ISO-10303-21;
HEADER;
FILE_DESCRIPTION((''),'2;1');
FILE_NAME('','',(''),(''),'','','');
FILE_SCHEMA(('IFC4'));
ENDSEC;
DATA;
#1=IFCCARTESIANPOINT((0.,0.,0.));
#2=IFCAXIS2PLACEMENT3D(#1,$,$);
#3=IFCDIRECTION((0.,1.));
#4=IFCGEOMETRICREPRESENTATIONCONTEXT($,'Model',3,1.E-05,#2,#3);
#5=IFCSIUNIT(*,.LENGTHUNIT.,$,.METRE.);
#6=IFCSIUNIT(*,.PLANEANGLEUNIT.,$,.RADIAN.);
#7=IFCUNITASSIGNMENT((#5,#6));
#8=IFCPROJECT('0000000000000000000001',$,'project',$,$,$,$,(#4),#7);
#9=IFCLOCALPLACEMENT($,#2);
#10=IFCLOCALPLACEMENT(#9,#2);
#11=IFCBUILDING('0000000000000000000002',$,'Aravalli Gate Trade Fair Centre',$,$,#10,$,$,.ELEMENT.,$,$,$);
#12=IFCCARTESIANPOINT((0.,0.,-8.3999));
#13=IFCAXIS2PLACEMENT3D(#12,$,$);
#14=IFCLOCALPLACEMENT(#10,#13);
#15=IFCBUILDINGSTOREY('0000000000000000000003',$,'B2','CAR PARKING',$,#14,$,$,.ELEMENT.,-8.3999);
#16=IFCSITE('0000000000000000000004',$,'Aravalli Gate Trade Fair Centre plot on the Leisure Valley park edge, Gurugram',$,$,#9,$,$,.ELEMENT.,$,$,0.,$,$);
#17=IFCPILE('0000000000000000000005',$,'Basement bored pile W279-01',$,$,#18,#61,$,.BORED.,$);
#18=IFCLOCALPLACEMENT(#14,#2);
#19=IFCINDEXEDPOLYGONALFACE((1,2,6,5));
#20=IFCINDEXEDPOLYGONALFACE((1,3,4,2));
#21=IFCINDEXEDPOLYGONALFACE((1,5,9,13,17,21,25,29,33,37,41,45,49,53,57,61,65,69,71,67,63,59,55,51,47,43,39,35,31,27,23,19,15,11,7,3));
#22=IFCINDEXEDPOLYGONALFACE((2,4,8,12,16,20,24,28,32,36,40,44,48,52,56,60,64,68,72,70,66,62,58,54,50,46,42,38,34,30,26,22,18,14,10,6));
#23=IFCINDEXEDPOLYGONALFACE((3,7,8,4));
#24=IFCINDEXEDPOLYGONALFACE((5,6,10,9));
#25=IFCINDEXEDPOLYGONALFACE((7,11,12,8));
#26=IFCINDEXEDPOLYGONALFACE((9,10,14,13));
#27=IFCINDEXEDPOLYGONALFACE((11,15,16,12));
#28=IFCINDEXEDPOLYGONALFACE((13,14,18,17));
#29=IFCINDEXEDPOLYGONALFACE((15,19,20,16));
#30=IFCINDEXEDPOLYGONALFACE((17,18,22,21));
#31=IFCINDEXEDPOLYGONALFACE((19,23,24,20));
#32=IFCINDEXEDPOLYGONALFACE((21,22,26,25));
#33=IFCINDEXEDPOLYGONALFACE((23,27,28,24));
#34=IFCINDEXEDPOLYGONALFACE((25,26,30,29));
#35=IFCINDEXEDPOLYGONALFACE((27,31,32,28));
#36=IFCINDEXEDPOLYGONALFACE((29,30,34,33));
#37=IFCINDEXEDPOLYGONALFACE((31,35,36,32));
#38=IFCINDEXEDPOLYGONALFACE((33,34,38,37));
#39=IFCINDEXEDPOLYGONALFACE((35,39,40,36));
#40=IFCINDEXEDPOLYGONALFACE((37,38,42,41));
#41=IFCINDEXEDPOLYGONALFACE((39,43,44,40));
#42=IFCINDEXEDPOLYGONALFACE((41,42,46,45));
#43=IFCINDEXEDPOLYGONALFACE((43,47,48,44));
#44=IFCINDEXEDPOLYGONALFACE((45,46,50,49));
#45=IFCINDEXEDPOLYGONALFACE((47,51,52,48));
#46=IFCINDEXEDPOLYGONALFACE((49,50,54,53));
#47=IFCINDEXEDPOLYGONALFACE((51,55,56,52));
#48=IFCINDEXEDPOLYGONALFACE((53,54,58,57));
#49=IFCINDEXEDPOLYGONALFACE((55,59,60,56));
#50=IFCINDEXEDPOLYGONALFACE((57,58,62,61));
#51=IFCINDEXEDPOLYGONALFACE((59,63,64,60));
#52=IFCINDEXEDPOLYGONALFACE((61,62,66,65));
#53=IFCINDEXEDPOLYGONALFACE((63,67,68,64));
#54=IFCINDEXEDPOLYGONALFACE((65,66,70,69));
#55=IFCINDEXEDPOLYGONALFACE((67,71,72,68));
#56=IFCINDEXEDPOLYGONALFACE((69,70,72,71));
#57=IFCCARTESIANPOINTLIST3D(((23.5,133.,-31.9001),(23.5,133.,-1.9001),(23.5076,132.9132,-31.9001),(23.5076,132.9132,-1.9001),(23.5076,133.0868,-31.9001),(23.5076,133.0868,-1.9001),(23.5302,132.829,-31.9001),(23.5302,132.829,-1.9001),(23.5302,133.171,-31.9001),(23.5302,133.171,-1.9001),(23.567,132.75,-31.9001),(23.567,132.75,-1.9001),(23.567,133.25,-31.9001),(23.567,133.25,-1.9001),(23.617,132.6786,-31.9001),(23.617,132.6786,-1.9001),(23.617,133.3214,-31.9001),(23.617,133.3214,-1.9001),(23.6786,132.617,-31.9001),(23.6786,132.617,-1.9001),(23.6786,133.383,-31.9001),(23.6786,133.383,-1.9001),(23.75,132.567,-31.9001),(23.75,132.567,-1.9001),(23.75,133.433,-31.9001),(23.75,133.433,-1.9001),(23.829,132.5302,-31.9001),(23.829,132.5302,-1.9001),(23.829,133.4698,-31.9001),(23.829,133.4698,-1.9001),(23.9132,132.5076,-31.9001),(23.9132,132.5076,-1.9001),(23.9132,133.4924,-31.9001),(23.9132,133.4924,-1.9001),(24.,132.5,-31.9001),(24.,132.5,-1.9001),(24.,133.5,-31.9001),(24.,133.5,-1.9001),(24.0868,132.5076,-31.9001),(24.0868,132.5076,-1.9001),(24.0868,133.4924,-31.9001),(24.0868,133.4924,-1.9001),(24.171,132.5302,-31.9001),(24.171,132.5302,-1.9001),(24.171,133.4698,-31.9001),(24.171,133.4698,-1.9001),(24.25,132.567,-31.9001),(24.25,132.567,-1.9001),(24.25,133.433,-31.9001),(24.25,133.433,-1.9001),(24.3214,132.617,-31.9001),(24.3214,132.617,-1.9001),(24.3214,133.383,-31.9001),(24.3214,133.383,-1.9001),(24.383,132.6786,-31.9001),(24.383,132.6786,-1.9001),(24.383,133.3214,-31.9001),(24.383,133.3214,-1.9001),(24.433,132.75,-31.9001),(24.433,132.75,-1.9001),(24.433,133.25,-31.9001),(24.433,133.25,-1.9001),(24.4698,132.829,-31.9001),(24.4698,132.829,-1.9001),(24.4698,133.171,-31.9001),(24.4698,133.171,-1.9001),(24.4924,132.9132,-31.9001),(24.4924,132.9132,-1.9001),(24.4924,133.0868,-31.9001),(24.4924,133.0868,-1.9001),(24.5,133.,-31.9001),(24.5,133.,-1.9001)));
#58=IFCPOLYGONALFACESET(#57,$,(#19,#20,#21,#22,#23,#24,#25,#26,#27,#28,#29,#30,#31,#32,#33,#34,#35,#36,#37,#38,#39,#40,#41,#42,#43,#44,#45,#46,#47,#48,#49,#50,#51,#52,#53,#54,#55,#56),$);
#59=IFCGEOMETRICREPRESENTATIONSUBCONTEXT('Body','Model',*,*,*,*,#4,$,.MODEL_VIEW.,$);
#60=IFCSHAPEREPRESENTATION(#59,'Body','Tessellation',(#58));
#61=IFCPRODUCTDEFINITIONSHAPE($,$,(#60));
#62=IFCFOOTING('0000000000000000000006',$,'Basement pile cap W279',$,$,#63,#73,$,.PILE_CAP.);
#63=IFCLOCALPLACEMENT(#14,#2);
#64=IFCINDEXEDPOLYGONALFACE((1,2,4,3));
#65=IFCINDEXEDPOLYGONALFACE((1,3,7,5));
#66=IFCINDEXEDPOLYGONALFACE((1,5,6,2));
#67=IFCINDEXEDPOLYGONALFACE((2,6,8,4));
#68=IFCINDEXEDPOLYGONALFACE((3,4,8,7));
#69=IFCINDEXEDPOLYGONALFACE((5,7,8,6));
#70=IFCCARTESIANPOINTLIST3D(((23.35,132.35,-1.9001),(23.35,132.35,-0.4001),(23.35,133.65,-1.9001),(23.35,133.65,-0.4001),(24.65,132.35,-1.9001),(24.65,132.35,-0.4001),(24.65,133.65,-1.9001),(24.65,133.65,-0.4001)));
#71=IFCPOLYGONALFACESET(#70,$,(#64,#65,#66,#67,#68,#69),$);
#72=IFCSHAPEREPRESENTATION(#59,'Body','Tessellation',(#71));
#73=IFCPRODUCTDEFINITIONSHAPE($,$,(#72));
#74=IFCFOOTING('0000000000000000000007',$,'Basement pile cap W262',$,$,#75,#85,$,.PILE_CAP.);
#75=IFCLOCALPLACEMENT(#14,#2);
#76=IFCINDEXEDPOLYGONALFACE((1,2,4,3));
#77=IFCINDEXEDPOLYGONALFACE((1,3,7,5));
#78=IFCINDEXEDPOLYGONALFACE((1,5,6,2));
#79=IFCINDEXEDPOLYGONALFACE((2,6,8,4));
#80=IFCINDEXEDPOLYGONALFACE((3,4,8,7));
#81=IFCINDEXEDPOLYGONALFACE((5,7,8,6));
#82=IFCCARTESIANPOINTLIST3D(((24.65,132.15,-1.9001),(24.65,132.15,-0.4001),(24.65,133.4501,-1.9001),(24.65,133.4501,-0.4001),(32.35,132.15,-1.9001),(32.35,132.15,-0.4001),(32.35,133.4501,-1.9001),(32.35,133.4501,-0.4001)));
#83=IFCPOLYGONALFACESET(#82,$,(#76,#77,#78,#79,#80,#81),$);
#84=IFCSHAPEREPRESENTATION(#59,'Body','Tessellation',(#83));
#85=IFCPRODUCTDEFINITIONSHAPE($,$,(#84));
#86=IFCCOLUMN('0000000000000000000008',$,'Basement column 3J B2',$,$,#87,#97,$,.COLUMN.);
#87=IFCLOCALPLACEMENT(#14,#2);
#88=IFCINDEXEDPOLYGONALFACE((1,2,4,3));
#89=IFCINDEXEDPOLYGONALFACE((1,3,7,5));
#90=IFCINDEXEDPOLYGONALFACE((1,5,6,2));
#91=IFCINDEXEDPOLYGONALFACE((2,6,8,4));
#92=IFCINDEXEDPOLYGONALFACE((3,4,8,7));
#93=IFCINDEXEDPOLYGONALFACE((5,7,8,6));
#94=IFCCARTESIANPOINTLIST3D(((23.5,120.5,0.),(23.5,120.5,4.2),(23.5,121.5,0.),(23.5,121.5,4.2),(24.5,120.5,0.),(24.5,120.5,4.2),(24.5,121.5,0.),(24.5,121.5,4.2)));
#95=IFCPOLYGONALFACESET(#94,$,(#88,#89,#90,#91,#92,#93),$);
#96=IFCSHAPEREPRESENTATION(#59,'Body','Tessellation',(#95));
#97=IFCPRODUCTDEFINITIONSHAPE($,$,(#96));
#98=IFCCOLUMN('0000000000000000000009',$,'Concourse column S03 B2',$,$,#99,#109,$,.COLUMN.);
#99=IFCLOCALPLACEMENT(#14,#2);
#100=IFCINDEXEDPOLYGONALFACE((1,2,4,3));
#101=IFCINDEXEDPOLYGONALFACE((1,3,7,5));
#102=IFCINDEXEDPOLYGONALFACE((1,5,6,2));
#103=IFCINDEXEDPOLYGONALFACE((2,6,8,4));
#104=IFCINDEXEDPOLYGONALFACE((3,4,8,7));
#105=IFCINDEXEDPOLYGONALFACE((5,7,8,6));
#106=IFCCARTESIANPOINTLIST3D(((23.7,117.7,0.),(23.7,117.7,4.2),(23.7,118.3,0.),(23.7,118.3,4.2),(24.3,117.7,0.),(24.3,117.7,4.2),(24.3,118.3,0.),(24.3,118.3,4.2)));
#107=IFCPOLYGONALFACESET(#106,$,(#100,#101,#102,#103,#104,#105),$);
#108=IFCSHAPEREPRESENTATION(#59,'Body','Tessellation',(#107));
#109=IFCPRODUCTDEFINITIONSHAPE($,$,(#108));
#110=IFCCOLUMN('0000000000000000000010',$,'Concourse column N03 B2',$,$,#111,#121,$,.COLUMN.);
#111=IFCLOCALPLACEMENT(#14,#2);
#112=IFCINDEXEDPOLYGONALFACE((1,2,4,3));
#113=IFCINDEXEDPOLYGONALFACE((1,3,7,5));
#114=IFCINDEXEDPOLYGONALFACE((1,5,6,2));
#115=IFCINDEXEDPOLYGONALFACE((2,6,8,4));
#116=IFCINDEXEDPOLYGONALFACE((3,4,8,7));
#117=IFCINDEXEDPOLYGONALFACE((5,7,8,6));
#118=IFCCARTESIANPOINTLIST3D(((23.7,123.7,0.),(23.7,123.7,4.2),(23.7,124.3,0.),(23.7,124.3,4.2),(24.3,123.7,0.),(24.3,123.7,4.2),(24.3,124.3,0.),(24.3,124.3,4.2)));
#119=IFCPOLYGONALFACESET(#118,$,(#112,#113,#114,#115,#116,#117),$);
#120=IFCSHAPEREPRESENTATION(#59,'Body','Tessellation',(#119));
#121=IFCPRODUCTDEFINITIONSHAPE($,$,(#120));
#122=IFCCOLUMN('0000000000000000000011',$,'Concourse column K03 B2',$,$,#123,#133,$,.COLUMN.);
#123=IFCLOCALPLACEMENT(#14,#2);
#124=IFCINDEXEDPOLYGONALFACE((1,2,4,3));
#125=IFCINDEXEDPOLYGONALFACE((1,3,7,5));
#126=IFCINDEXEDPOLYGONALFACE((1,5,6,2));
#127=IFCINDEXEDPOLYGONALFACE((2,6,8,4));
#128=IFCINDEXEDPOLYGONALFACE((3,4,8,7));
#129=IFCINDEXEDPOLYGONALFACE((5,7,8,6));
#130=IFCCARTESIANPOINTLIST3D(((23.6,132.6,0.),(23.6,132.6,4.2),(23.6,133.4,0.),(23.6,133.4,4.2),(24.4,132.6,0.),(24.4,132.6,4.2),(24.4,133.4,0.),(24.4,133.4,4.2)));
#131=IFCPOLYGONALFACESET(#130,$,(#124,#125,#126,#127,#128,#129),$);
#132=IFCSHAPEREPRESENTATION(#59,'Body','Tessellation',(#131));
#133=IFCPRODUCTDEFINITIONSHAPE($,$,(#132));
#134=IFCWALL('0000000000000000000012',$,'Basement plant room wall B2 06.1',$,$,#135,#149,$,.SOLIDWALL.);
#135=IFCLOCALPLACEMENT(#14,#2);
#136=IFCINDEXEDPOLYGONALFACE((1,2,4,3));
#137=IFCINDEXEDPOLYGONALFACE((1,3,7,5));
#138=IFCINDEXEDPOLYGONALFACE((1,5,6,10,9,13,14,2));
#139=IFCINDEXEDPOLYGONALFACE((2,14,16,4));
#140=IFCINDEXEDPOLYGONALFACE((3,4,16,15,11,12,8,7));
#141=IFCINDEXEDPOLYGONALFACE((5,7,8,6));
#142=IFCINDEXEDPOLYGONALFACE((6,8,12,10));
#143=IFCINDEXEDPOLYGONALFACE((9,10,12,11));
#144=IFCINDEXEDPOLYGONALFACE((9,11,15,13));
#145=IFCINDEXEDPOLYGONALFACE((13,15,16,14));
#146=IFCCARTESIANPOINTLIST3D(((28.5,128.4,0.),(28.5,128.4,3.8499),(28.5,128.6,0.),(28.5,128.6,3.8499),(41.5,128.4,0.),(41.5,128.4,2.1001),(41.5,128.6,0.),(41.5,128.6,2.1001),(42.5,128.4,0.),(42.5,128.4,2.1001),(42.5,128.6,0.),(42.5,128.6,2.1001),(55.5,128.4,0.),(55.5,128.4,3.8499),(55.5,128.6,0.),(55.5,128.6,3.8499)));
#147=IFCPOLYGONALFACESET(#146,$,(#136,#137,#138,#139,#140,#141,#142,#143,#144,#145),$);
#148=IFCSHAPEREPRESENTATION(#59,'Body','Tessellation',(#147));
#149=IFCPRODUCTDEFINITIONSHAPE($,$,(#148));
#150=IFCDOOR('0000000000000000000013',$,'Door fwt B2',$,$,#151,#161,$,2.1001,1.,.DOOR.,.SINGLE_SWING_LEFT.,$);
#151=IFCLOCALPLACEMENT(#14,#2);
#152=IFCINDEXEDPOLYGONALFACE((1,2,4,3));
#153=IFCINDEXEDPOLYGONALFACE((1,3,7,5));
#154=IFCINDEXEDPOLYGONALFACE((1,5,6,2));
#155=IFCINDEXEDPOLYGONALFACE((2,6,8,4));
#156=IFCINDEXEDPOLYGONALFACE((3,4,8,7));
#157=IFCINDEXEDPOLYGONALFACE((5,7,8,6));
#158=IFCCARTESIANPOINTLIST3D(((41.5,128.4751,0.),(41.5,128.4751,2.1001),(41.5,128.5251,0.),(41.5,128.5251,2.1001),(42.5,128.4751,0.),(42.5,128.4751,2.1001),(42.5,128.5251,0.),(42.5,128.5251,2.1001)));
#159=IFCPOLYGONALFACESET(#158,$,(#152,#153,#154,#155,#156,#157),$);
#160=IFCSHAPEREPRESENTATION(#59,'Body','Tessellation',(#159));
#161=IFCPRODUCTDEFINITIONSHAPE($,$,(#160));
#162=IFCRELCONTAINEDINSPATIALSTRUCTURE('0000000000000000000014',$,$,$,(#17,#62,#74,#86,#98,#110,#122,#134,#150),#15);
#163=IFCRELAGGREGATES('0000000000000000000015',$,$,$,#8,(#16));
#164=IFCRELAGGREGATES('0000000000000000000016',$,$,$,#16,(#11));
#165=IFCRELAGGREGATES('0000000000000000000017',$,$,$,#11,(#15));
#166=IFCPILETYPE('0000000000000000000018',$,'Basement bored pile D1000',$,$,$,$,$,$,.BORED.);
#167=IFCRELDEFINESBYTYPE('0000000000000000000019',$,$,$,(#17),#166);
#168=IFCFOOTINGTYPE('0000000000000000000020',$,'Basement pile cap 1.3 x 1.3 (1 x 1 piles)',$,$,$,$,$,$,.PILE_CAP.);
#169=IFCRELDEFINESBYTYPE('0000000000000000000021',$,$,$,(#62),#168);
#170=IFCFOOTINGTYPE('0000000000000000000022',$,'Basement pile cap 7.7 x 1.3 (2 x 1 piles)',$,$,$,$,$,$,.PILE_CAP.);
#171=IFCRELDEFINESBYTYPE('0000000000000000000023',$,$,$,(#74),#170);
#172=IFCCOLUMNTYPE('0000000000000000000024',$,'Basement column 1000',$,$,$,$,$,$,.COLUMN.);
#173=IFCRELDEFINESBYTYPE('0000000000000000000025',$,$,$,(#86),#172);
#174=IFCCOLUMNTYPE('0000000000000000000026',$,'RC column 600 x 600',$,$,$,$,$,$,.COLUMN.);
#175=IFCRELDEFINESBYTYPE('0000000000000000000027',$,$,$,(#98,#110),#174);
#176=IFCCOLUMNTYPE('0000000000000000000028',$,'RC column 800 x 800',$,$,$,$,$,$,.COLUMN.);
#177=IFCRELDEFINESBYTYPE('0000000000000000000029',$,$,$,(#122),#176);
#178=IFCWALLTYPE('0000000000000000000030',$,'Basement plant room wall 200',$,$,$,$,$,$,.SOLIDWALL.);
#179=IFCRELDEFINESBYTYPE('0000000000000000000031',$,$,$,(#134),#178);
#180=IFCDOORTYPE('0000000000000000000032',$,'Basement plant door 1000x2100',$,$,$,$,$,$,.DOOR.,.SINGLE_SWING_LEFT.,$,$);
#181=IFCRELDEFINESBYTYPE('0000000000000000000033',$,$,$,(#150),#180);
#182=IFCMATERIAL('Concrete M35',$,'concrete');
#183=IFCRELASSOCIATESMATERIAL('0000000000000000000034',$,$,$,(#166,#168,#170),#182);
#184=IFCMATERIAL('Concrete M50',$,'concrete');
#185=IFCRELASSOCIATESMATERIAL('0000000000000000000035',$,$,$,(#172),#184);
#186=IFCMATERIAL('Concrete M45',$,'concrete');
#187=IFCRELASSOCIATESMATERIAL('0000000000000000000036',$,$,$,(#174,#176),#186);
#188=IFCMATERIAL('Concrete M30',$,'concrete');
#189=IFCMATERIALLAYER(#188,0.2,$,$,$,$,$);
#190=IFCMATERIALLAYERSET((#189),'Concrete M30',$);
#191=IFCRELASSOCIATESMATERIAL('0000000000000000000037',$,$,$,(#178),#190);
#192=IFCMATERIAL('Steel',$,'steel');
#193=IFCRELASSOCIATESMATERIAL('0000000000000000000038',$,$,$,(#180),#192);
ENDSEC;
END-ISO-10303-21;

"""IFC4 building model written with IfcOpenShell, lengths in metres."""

from ifc_helpers import new_model, si_unit, direction, frame, frame_2d, origin, origin_2d, place, context, subcontext, project, spatial, rectangle, circle, extrude, material, layer, layer_set, material_profile, profile_set, type_object, element, fill, save


model = new_model("IFC4")

# Units and contexts
model_context = context("Model", 3, precision=1e-05, world=origin(), true_north=direction((0.0, 1.0)))
body_context = subcontext(model_context, "Body", "Model", "MODEL_VIEW")
ifc_project = project(units=[si_unit("LENGTHUNIT", "METRE"), si_unit("PLANEANGLEUNIT", "RADIAN")], contexts=[model_context])

# Site, building, storey
site_placement = place(None, origin())
site = spatial("IfcSite", under=ifc_project, at=site_placement, Name="Aravalli Gate Trade Fair Centre plot on the Leisure Valley park edge, Gurugram", CompositionType="ELEMENT", RefElevation=0.0)
building_placement = place(site_placement, origin())
building = spatial("IfcBuilding", under=site, at=building_placement, Name="Aravalli Gate Trade Fair Centre", CompositionType="ELEMENT")
storey_placement = place(building_placement, frame((0.0, 0.0, -8.3999)))
storey = spatial("IfcBuildingStorey", under=building, at=storey_placement, Name="B2", Description="CAR PARKING", CompositionType="ELEMENT", Elevation=-8.3999)

# Pile
ifc_material_1 = material(Name="Concrete M35", Category="concrete")
ifc_material_profile_1 = material_profile(ifc_material_1, circle(Radius=0.5, at=origin_2d()), Name="D1000")
ifc_profile_set_1 = profile_set([ifc_material_profile_1], Name="Concrete M35")
pile_type = type_object("IfcPileType", Name="Basement bored pile D1000", PredefinedType="BORED", material=ifc_profile_set_1)
for number, where, z_axis, x_axis, name in (
    (1, (24.0, 133.0, -1.9001), (0.0, 0.0, -1.0), (1.0, 0.0, 0.0), "Basement bored pile W279-01"),
):
    element("IfcPile", number, at=place(storey_placement, frame(where, z_axis=z_axis, x_axis=x_axis)), inside=storey, type_object=pile_type, Name=name, PredefinedType="BORED", context=body_context, shape_type="SweptSolid", body=[
        extrude(circle(Radius=0.5, at=origin_2d()), origin(), (0.0, 0.0, 1.0), 30.0),
    ])

# Footings
footing_type_1 = type_object("IfcFootingType", Name="Basement pile cap 1.3 x 1.3 (1 x 1 piles)", PredefinedType="PILE_CAP", material=ifc_material_1)
footing_1_placement = place(storey_placement, frame((24.0, 133.0, -1.9001), z_axis=(0.0, 0.0, 1.0), x_axis=(1.0, 0.0, 0.0)))
element("IfcFooting", 2, at=footing_1_placement, inside=storey, type_object=footing_type_1, Name="Basement pile cap W279", PredefinedType="PILE_CAP", context=body_context, shape_type="SweptSolid", body=[
    extrude(rectangle(XDim=1.3, YDim=1.3, at=origin_2d()), origin(), (0.0, 0.0, 1.0), 1.5),
])
footing_type_2 = type_object("IfcFootingType", Name="Basement pile cap 7.7 x 1.3 (2 x 1 piles)", PredefinedType="PILE_CAP", material=ifc_material_1)
footing_2_placement = place(storey_placement, frame((28.5, 132.8, -1.9001), z_axis=(0.0, 0.0, 1.0), x_axis=(1.0, 0.0, 0.0)))
element("IfcFooting", 3, at=footing_2_placement, inside=storey, type_object=footing_type_2, Name="Basement pile cap W262", PredefinedType="PILE_CAP", context=body_context, shape_type="SweptSolid", body=[
    extrude(rectangle(XDim=7.7, YDim=1.3, at=origin_2d()), origin(), (0.0, 0.0, 1.0), 1.5),
])

# Columns
ifc_material_2 = material(Name="Concrete M50", Category="concrete")
ifc_material_profile_2 = material_profile(ifc_material_2, rectangle(XDim=1.0, YDim=1.0, at=origin_2d()), Name="RC 1000 x 1000")
ifc_profile_set_2 = profile_set([ifc_material_profile_2], Name="Concrete M50")
column_type_1 = type_object("IfcColumnType", Name="Basement column 1000", PredefinedType="COLUMN", material=ifc_profile_set_2)
column_1_placement = place(storey_placement, frame((24.0, 121.0, 0.0), z_axis=(0.0, 0.0, 1.0), x_axis=(1.0, 0.0, 0.0)))
element("IfcColumn", 4, at=column_1_placement, inside=storey, type_object=column_type_1, Name="Basement column 3J B2", PredefinedType="COLUMN", context=body_context, shape_type="SweptSolid", body=[
    extrude(rectangle(XDim=1.0, YDim=1.0, at=origin_2d()), origin(), (0.0, 0.0, 1.0), 4.2),
])
ifc_material_3 = material(Name="Concrete M45", Category="concrete")
ifc_material_profile_3 = material_profile(ifc_material_3, rectangle(XDim=0.6001, YDim=0.6001, at=origin_2d()), Name="RC column 600 x 600")
ifc_profile_set_3 = profile_set([ifc_material_profile_3], Name="Concrete M45")
column_type_2 = type_object("IfcColumnType", Name="RC column 600 x 600", PredefinedType="COLUMN", material=ifc_profile_set_3)
for number, where, z_axis, x_axis, name in (
    (5, (24.0, 118.0, 0.0), (0.0, 0.0, 1.0), (1.0, 0.0, 0.0), "Concourse column S03 B2"),
    (6, (24.0, 124.0, 0.0), (0.0, 0.0, 1.0), (1.0, 0.0, 0.0), "Concourse column N03 B2"),
):
    element("IfcColumn", number, at=place(storey_placement, frame(where, z_axis=z_axis, x_axis=x_axis)), inside=storey, type_object=column_type_2, Name=name, PredefinedType="COLUMN", context=body_context, shape_type="SweptSolid", body=[
        extrude(rectangle(XDim=0.6001, YDim=0.6001, at=origin_2d()), origin(), (0.0, 0.0, 1.0), 4.2),
    ])
ifc_material_profile_4 = material_profile(ifc_material_3, rectangle(XDim=0.8, YDim=0.8, at=origin_2d()), Name="RC column 800 x 800")
ifc_profile_set_4 = profile_set([ifc_material_profile_4], Name="Concrete M45")
column_type_3 = type_object("IfcColumnType", Name="RC column 800 x 800", PredefinedType="COLUMN", material=ifc_profile_set_4)
column_2_placement = place(storey_placement, frame((24.0, 133.0, 0.0), z_axis=(0.0, 0.0, 1.0), x_axis=(1.0, 0.0, 0.0)))
element("IfcColumn", 7, at=column_2_placement, inside=storey, type_object=column_type_3, Name="Concourse column K03 B2", PredefinedType="COLUMN", context=body_context, shape_type="SweptSolid", body=[
    extrude(rectangle(XDim=0.8, YDim=0.8, at=origin_2d()), origin(), (0.0, 0.0, 1.0), 4.2),
])

# Wall, opening, door
ifc_material_4 = material(Name="Concrete M30", Category="concrete")
ifc_layer_1 = layer(ifc_material_4, 0.2)
ifc_layer_set_1 = layer_set([ifc_layer_1], Name="Concrete M30")
wall_type_1 = type_object("IfcWallType", Name="Basement plant room wall 200", PredefinedType="SOLIDWALL", material=ifc_layer_set_1)
wall_1_placement = place(storey_placement, frame((28.5, 128.5, 0.0), z_axis=(0.0, 0.0, 1.0), x_axis=(1.0, 0.0, 0.0)))
wall_1 = element("IfcWall", 8, at=wall_1_placement, inside=storey, type_object=wall_type_1, Name="Basement plant room wall B2 06.1", PredefinedType="SOLIDWALL", context=body_context, shape_type="SweptSolid", body=[
    extrude(rectangle(XDim=27.0, YDim=0.2, at=frame_2d((13.5, 0.0))), origin(), (0.0, 0.0, 1.0), 3.8499),
])
opening_1_placement = place(wall_1_placement, frame((13.0, 0.0, 0.0)))
opening_1 = element("IfcOpeningElement", 9, at=opening_1_placement, cuts=wall_1, PredefinedType="OPENING", context=body_context, shape_type="SweptSolid", body=[
    extrude(rectangle(XDim=1.0, YDim=2.1001, at=frame_2d((0.5, 1.05))), frame((0.0, 0.1099, 0.0), z_axis=(0.0, -1.0, 0.0), x_axis=(1.0, 0.0, 0.0)), (0.0, 0.0, 1.0), 0.22),
])
ifc_material_5 = material(Name="Steel", Category="steel")
door_type_1 = type_object("IfcDoorType", Name="Basement plant door 1000x2100", OperationType="SINGLE_SWING_LEFT", PredefinedType="DOOR", material=ifc_material_5)
door_1_placement = place(opening_1_placement, frame((1.0, 0.0, 0.0), z_axis=(0.0, 0.0, 1.0), x_axis=(-1.0, 0.0, 0.0)))
door_1 = element("IfcDoor", 10, at=door_1_placement, inside=storey, type_object=door_type_1, Name="Door fwt B2", OperationType="SINGLE_SWING_LEFT", OverallHeight=2.1001, OverallWidth=1.0, PredefinedType="DOOR", context=body_context, shape_type="SweptSolid", body=[
    extrude(rectangle(XDim=1.0, YDim=2.1001, at=frame_2d((0.5, 1.05))), frame((0.0, 0.0249, 0.0), z_axis=(0.0, -1.0, 0.0), x_axis=(1.0, 0.0, 0.0)), (0.0, 0.0, 1.0), 0.05),
])
fill(opening_1, door_1)

save(model, "model.ifc")
